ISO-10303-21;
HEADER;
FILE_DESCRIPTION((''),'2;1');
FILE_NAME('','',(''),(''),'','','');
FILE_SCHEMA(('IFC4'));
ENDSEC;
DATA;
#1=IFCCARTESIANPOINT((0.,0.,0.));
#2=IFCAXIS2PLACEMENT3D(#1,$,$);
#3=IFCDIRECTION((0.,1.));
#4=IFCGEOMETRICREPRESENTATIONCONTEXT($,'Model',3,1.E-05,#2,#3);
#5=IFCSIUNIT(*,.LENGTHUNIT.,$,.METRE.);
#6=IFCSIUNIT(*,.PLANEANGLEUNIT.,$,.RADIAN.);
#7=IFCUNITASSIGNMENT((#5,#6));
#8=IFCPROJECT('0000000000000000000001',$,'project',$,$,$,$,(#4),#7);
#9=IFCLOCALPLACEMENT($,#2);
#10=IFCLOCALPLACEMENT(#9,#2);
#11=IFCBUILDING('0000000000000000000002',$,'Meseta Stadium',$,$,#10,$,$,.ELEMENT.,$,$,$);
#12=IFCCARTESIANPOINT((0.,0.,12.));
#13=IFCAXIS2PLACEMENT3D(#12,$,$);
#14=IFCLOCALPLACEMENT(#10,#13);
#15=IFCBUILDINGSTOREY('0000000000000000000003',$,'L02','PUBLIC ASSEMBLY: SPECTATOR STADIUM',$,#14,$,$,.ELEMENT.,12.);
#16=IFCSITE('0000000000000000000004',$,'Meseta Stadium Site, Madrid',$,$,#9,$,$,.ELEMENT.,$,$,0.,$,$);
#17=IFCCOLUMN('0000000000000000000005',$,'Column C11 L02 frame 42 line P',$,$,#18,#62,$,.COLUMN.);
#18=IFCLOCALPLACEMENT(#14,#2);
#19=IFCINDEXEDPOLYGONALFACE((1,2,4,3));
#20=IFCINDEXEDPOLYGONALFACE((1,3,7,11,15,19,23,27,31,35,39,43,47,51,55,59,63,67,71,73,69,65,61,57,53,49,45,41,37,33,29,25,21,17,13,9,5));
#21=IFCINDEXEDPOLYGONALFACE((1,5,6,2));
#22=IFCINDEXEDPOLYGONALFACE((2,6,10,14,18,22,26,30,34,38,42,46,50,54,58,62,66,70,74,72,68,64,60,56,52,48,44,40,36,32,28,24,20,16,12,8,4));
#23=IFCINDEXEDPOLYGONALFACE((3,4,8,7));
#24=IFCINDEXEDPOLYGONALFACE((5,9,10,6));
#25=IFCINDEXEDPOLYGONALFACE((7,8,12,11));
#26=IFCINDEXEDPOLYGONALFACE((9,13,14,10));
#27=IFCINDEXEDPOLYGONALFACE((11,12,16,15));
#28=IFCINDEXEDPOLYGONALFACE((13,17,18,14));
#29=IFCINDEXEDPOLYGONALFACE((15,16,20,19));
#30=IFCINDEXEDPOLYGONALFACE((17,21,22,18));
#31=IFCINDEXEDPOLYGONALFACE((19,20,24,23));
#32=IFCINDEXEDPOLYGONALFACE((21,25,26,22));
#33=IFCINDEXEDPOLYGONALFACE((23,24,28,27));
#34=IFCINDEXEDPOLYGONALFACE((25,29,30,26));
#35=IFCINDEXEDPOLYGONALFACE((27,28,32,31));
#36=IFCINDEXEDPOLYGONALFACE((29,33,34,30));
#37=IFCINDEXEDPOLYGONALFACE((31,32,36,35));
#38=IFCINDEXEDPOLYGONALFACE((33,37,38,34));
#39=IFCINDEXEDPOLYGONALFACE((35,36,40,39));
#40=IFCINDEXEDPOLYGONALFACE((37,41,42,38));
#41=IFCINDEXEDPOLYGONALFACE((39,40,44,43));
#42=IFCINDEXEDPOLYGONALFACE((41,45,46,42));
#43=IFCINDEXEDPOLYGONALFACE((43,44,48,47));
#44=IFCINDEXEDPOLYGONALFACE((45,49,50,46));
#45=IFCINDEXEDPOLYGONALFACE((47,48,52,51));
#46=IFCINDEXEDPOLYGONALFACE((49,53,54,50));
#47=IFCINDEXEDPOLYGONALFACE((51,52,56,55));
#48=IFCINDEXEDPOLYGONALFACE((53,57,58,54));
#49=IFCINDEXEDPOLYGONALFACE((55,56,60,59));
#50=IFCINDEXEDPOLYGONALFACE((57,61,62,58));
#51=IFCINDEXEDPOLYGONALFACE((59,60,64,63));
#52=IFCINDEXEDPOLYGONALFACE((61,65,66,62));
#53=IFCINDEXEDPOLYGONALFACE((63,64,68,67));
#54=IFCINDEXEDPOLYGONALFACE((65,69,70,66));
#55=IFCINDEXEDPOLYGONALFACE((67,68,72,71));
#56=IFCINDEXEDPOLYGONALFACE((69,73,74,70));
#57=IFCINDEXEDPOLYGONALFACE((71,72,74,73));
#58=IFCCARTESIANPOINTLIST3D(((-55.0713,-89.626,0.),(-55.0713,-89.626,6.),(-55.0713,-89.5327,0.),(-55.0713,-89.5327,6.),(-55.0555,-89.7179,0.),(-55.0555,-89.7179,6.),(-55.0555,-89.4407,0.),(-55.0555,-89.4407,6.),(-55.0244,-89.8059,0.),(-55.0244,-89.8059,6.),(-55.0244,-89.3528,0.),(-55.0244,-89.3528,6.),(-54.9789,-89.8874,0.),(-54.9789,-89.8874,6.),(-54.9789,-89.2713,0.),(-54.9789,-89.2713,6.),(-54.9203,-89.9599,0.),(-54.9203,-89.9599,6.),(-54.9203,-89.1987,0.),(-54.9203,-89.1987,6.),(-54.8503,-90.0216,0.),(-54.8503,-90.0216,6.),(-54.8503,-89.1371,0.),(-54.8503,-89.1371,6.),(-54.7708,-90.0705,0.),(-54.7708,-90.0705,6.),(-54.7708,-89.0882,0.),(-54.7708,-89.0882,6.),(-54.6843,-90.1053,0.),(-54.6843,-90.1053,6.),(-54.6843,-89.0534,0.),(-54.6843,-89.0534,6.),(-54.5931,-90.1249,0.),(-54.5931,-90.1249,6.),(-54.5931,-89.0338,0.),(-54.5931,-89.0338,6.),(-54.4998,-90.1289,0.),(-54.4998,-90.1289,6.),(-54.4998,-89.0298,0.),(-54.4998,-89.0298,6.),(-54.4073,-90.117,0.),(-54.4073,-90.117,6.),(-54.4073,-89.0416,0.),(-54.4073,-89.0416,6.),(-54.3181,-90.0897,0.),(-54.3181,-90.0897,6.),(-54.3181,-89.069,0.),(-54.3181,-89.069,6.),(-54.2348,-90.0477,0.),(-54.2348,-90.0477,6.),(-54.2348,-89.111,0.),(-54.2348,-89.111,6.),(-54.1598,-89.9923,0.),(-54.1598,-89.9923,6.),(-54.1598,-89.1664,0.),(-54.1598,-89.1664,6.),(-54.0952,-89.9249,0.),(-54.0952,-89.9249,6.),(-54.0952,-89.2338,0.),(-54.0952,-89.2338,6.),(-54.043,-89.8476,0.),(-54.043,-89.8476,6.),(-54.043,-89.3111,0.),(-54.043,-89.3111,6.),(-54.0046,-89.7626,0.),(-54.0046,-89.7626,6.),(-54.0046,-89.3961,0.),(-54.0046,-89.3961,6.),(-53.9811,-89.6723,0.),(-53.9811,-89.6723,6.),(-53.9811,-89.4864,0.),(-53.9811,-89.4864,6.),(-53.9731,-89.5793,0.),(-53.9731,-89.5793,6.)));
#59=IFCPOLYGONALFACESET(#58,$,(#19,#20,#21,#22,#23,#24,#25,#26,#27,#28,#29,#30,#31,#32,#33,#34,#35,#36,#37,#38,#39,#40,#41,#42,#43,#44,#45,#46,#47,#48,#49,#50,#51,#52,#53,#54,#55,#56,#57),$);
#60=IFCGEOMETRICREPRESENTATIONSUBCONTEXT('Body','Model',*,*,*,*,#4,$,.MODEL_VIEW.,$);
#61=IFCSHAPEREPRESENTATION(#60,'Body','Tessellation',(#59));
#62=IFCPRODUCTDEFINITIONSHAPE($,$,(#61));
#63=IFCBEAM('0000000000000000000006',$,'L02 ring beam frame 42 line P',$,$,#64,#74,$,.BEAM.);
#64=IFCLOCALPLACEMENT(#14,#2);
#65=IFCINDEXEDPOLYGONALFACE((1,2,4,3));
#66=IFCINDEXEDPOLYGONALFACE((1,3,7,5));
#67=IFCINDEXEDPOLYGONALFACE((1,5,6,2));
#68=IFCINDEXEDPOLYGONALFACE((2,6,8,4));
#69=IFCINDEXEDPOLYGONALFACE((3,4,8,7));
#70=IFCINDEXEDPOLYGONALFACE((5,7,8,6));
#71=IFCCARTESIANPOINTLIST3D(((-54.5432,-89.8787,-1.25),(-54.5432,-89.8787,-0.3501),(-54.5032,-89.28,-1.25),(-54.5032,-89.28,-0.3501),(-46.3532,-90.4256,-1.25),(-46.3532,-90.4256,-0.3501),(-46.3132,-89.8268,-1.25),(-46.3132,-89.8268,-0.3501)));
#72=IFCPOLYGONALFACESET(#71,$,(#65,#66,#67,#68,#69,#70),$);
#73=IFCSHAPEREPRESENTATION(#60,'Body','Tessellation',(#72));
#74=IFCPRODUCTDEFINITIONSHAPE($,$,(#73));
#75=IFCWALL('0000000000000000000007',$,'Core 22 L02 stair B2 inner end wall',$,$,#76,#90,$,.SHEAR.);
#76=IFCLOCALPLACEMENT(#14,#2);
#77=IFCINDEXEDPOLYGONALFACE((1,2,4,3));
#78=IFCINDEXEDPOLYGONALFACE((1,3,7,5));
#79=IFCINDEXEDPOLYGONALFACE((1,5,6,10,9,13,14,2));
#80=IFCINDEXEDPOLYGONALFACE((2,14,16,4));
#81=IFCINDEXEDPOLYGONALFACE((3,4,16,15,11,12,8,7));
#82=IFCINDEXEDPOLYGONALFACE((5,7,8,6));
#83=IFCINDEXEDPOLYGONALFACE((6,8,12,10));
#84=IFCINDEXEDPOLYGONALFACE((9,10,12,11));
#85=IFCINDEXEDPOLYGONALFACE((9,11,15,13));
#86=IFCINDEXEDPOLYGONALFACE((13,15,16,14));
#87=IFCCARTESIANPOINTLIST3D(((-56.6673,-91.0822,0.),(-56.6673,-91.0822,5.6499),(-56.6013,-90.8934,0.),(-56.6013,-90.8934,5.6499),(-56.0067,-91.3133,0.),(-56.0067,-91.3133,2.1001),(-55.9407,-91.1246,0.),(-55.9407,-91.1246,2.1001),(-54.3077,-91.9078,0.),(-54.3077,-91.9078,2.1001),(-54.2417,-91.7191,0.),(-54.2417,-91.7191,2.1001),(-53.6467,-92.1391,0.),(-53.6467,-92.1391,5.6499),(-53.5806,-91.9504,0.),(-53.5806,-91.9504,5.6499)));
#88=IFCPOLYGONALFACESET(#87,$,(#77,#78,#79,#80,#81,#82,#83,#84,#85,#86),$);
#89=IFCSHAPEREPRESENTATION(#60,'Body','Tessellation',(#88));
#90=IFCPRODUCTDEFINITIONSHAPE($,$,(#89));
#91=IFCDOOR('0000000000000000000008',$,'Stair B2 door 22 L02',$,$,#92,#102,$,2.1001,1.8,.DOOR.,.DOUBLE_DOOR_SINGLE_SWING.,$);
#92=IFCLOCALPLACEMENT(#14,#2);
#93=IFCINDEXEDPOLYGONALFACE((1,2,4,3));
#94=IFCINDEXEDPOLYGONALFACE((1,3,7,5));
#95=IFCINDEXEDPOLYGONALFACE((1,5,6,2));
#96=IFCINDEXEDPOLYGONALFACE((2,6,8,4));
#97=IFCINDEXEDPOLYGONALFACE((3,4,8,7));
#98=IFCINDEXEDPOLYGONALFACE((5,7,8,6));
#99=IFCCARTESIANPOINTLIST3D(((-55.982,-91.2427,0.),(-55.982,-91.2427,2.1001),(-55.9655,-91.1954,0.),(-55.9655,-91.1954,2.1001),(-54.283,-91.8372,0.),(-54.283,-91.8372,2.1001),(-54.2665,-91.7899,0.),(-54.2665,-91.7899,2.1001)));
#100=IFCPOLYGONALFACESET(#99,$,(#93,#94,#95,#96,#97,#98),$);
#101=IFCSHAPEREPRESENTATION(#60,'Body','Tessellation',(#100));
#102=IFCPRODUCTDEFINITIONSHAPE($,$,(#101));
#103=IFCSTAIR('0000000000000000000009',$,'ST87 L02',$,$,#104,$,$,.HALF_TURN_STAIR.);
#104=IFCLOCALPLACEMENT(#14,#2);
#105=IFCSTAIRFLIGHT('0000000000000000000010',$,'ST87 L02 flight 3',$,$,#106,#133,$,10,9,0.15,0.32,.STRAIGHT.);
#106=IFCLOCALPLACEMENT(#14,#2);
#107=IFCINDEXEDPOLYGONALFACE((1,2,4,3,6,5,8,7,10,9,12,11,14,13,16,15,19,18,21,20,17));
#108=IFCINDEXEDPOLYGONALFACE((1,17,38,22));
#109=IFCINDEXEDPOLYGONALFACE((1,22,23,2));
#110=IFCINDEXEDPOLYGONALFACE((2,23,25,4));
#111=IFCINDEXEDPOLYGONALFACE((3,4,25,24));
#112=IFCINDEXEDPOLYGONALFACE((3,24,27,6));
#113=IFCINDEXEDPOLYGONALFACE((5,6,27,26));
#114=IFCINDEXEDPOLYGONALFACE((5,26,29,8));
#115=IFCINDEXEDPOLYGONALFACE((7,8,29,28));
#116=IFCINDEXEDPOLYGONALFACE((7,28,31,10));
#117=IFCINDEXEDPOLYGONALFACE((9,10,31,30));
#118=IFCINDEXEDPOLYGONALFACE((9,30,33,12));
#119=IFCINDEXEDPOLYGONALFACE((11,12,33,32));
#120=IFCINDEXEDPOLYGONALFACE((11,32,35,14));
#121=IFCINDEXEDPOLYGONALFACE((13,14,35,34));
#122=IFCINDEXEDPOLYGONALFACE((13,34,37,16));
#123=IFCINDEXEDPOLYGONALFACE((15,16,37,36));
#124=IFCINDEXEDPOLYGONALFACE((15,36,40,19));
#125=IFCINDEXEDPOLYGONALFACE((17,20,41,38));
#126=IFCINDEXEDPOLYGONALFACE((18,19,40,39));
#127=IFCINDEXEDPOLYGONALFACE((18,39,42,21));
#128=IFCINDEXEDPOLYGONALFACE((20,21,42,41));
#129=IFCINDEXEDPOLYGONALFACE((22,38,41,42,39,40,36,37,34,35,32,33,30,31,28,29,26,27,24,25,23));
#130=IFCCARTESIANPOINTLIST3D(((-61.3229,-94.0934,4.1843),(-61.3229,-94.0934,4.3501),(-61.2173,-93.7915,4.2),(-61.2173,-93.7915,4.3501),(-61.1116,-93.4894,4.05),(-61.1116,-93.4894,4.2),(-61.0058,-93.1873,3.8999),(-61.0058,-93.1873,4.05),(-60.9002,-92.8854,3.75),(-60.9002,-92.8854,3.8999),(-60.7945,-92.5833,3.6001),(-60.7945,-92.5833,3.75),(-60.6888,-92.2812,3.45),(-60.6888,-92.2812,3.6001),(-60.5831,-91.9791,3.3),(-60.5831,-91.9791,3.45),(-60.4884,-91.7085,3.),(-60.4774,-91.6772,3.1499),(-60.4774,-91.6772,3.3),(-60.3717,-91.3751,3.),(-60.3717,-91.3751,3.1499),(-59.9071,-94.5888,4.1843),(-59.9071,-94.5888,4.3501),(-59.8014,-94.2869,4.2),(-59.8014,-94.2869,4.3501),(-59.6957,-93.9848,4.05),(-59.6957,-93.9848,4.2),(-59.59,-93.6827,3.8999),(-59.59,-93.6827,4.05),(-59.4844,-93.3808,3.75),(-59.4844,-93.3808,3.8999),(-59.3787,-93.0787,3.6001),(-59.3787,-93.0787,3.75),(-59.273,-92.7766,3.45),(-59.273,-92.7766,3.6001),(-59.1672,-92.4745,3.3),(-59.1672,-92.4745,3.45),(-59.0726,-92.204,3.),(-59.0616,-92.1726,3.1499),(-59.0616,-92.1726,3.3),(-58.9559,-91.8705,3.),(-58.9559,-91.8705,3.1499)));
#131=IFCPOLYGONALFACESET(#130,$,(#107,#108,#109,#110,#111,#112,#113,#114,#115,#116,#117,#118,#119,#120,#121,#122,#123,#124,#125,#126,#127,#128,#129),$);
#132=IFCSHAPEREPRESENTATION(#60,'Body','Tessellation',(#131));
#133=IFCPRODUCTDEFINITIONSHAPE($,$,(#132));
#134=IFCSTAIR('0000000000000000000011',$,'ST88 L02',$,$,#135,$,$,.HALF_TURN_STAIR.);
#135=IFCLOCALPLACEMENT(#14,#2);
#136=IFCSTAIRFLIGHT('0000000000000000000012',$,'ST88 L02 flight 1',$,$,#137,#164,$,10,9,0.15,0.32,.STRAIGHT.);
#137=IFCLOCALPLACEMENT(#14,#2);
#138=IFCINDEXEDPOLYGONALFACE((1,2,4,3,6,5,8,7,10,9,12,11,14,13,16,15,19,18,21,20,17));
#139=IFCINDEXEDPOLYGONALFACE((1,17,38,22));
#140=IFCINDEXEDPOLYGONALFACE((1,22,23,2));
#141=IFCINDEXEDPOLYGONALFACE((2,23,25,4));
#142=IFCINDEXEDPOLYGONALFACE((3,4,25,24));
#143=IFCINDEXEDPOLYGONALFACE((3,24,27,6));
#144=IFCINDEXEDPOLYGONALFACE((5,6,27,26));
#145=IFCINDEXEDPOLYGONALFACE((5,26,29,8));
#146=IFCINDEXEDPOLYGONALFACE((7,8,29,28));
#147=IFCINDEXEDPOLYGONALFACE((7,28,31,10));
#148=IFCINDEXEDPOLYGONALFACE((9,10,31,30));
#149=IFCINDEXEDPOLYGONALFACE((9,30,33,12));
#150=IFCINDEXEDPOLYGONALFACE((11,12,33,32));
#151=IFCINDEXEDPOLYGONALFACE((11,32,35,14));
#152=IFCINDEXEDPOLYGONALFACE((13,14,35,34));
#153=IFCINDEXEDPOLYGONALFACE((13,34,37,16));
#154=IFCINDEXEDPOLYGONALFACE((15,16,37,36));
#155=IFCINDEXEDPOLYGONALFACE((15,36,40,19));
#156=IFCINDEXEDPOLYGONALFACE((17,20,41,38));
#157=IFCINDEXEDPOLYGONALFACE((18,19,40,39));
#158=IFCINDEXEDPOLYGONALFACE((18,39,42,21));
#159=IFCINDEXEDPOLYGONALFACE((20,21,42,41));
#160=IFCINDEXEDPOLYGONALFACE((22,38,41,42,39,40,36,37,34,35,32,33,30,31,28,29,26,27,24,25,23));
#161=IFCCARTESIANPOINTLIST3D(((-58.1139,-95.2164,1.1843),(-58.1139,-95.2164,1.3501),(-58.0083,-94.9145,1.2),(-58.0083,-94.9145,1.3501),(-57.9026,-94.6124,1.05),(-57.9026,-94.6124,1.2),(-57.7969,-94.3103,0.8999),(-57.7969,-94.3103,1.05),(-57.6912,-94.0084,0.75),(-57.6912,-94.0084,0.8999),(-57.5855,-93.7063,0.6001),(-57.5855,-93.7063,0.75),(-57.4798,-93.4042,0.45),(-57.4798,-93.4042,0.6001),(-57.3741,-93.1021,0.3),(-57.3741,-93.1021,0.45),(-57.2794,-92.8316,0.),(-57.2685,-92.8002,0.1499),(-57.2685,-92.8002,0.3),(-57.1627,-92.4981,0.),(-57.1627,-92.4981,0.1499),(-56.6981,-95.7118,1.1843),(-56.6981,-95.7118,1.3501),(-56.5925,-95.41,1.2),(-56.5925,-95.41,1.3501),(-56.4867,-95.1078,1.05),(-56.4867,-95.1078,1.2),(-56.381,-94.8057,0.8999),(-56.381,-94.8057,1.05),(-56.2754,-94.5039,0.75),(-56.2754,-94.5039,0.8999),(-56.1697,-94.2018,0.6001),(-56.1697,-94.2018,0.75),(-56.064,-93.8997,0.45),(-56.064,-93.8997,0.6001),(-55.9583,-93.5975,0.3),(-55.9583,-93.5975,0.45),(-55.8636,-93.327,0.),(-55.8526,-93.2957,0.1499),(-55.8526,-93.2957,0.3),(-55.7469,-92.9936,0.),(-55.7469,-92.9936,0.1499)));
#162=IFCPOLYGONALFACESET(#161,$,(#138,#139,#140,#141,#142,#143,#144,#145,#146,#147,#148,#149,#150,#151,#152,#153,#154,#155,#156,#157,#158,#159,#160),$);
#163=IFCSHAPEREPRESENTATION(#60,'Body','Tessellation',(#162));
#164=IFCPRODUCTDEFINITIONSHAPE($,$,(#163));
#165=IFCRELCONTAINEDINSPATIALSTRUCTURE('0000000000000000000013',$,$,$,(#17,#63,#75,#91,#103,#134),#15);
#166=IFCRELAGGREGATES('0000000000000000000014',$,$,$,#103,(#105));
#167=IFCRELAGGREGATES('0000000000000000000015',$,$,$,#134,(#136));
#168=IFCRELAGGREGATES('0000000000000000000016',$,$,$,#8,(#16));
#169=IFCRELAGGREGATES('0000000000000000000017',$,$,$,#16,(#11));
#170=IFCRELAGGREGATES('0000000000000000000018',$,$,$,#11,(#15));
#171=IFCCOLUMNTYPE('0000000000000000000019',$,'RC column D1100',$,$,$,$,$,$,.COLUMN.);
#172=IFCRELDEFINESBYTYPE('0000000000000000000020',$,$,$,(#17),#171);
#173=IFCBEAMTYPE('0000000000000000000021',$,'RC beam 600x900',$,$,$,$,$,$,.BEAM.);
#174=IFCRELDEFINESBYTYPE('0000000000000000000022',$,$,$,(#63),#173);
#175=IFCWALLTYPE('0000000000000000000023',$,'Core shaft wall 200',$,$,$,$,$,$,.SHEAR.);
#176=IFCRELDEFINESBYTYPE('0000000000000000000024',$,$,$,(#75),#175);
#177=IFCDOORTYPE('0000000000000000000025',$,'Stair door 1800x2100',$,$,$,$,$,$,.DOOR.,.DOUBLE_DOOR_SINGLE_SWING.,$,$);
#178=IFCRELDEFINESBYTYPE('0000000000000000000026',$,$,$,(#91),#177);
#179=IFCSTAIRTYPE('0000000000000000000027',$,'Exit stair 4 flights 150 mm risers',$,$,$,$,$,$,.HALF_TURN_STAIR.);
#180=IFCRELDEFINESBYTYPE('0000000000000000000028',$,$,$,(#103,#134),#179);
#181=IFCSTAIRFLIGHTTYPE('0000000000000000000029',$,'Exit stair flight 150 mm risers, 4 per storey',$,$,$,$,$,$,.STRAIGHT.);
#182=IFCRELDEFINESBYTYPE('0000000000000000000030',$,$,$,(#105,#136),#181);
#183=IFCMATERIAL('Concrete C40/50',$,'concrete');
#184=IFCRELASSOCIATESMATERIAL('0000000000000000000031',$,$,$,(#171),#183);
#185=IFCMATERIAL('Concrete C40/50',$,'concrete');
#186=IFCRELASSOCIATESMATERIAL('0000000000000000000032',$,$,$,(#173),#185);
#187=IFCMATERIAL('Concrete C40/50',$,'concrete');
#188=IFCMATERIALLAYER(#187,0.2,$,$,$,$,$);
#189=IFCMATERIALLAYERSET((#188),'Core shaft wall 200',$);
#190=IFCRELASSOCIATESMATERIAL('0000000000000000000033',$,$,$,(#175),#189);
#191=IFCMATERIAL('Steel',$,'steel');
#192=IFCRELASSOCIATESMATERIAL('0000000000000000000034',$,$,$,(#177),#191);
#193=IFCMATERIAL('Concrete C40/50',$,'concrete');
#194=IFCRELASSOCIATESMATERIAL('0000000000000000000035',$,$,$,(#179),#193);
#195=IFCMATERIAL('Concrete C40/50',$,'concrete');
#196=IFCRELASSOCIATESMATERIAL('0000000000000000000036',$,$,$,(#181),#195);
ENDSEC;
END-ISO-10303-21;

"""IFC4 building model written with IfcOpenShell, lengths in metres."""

from ifc_helpers import new_model, si_unit, direction, frame, frame_2d, origin, origin_2d, place, context, subcontext, project, spatial, polyline, rectangle, circle, outline, extrude, material, layer, layer_set, material_profile, profile_set, type_object, element, fill, aggregate, save


model = new_model("IFC4")

# Units and contexts
model_context = context("Model", 3, precision=1e-05, world=origin(), true_north=direction((0.0, 1.0)))
body_context = subcontext(model_context, "Body", "Model", "MODEL_VIEW")
ifc_project = project(units=[si_unit("LENGTHUNIT", "METRE"), si_unit("PLANEANGLEUNIT", "RADIAN")], contexts=[model_context])

# Site, building, storey
site_placement = place(None, origin())
site = spatial("IfcSite", under=ifc_project, at=site_placement, Name="Meseta Stadium Site, Madrid", CompositionType="ELEMENT", RefElevation=0.0)
building_placement = place(site_placement, origin())
building = spatial("IfcBuilding", under=site, at=building_placement, Name="Meseta Stadium", CompositionType="ELEMENT")
storey_placement = place(building_placement, frame((0.0, 0.0, 12.0)))
storey = spatial("IfcBuildingStorey", under=building, at=storey_placement, Name="L02", Description="PUBLIC ASSEMBLY: SPECTATOR STADIUM", CompositionType="ELEMENT", Elevation=12.0)

# Column
ifc_material_1 = material(Name="Concrete C40/50", Category="concrete")
ifc_material_profile_1 = material_profile(ifc_material_1, circle(Radius=0.55, at=origin_2d()), Name="RC D1100")
ifc_profile_set_1 = profile_set([ifc_material_profile_1], Name="Concrete C40/50")
column_type = type_object("IfcColumnType", Name="RC column D1100", PredefinedType="COLUMN", material=ifc_profile_set_1)
column_placement = place(storey_placement, frame((-54.5232, -89.5793, 0.0), z_axis=(0.0, 0.0, 1.0), x_axis=(1.0, 0.0, 0.0)))
element("IfcColumn", 1, at=column_placement, inside=storey, type_object=column_type, Name="Column C11 L02 frame 42 line P", PredefinedType="COLUMN", context=body_context, shape_type="SweptSolid", body=[
    extrude(circle(Radius=0.55, at=origin_2d()), origin(), (0.0, 0.0, 1.0), 6.0),
])

# Beam
ifc_material_2 = material(Name="Concrete C40/50", Category="concrete")
ifc_material_profile_2 = material_profile(ifc_material_2, rectangle(XDim=0.6001, YDim=0.8999, at=origin_2d()), Name="RC 600x900")
ifc_profile_set_2 = profile_set([ifc_material_profile_2], Name="Concrete C40/50")
beam_type = type_object("IfcBeamType", Name="RC beam 600x900", PredefinedType="BEAM", material=ifc_profile_set_2)
beam_placement = place(storey_placement, frame((-54.5232, -89.5793, -0.8), z_axis=(0.997778, -0.066626, 0.0), x_axis=(0.066626, 0.997778, 0.0)))
element("IfcBeam", 2, at=beam_placement, inside=storey, type_object=beam_type, Name="L02 ring beam frame 42 line P", PredefinedType="BEAM", context=body_context, shape_type="SweptSolid", body=[
    extrude(rectangle(XDim=0.6001, YDim=0.8999, at=origin_2d()), origin(), (0.0, 0.0, 1.0), 8.2083),
])

# Wall, opening, door
ifc_material_3 = material(Name="Concrete C40/50", Category="concrete")
ifc_layer = layer(ifc_material_3, 0.2)
ifc_layer_set = layer_set([ifc_layer], Name="Core shaft wall 200")
wall_type = type_object("IfcWallType", Name="Core shaft wall 200", PredefinedType="SHEAR", material=ifc_layer_set)
wall_placement = place(storey_placement, frame((-56.6343, -90.9878, 0.0), z_axis=(0.0, 0.0, 1.0), x_axis=(0.943887, -0.330269, 0.0)))
wall = element("IfcWall", 3, at=wall_placement, inside=storey, type_object=wall_type, Name="Core 22 L02 stair B2 inner end wall", PredefinedType="SHEAR", context=body_context, shape_type="SweptSolid", body=[
    extrude(rectangle(XDim=3.2002, YDim=0.2, at=frame_2d((1.6001, 0.0))), origin(), (0.0, 0.0, 1.0), 5.6499),
])
opening_placement = place(wall_placement, frame((0.7, 0.0, 0.0)))
opening = element("IfcOpeningElement", 4, at=opening_placement, cuts=wall, PredefinedType="OPENING", context=body_context, shape_type="SweptSolid", body=[
    extrude(rectangle(XDim=1.8, YDim=2.1001, at=frame_2d((0.8999, 1.05))), frame((0.0, 0.1099, 0.0), z_axis=(0.0, -1.0, 0.0), x_axis=(1.0, 0.0, 0.0)), (0.0, 0.0, 1.0), 0.22),
])
ifc_material_4 = material(Name="Steel", Category="steel")
door_type = type_object("IfcDoorType", Name="Stair door 1800x2100", OperationType="DOUBLE_DOOR_SINGLE_SWING", PredefinedType="DOOR", material=ifc_material_4)
door_placement = place(opening_placement, origin())
door = element("IfcDoor", 5, at=door_placement, inside=storey, type_object=door_type, Name="Stair B2 door 22 L02", OperationType="DOUBLE_DOOR_SINGLE_SWING", OverallHeight=2.1001, OverallWidth=1.8, PredefinedType="DOOR", context=body_context, shape_type="SweptSolid", body=[
    extrude(rectangle(XDim=1.8, YDim=2.1001, at=frame_2d((0.8999, 1.05))), frame((0.0, 0.0249, 0.0), z_axis=(0.0, -1.0, 0.0), x_axis=(1.0, 0.0, 0.0)), (0.0, 0.0, 1.0), 0.05),
])
fill(opening, door)

# Stair, stair flight
ifc_material_5 = material(Name="Concrete C40/50", Category="concrete")
stair_type = type_object("IfcStairType", Name="Exit stair 4 flights 150 mm risers", PredefinedType="HALF_TURN_STAIR", material=ifc_material_5)
stair_1_placement = place(storey_placement, origin())
stair_1 = element("IfcStair", 6, at=stair_1_placement, inside=storey, type_object=stair_type, Name="ST87 L02", PredefinedType="HALF_TURN_STAIR")
ifc_material_6 = material(Name="Concrete C40/50", Category="concrete")
stair_flight_type = type_object("IfcStairFlightType", Name="Exit stair flight 150 mm risers, 4 per storey", PredefinedType="STRAIGHT", material=ifc_material_6)
stair_flight_1_placement = place(storey_placement, frame((-59.6638, -91.6228, 3.0), z_axis=(0.0, 0.0, 1.0), x_axis=(-0.330279, -0.943883, 0.0)))
stair_flight_1 = element("IfcStairFlight", 7, at=stair_flight_1_placement, type_object=stair_flight_type, Name="ST87 L02 flight 3", NumberOfRisers=10, NumberOfTreads=9, PredefinedType="STRAIGHT", RiserHeight=0.15, TreadLength=0.32, context=body_context, shape_type="SweptSolid", body=[
    extrude(outline(polyline([(0.0, 0.0), (0.0, 0.1499), (0.3201, 0.1499), (0.3201, 0.3), (0.6399, 0.3), (0.6399, 0.45), (0.96, 0.45), (0.96, 0.6001), (1.28, 0.6001), (1.28, 0.75), (1.6001, 0.75), (1.6001, 0.8999), (1.9199, 0.8999), (1.9199, 1.05), (2.24, 1.05), (2.24, 1.2), (2.5601, 1.2), (2.5601, 1.3501), (2.8799, 1.3501), (2.8799, 1.1843), (0.3533, 0.0), (0.0, 0.0)])), frame((0.0, 0.75, 0.0), z_axis=(0.0, -1.0, 0.0), x_axis=(1.0, 0.0, 0.0)), (0.0, 0.0, 1.0), 1.5),
])
aggregate(stair_1, [stair_flight_1])

# Stair, stair flight
stair_2_placement = place(storey_placement, origin())
stair_2 = element("IfcStair", 8, at=stair_2_placement, inside=storey, type_object=stair_type, Name="ST88 L02", PredefinedType="HALF_TURN_STAIR")
stair_flight_2_placement = place(storey_placement, frame((-56.4548, -92.7458, 0.0), z_axis=(0.0, 0.0, 1.0), x_axis=(-0.330279, -0.943883, 0.0)))
stair_flight_2 = element("IfcStairFlight", 9, at=stair_flight_2_placement, type_object=stair_flight_type, Name="ST88 L02 flight 1", NumberOfRisers=10, NumberOfTreads=9, PredefinedType="STRAIGHT", RiserHeight=0.15, TreadLength=0.32, context=body_context, shape_type="SweptSolid", body=[
    extrude(outline(polyline([(0.0, 0.0), (0.0, 0.1499), (0.3201, 0.1499), (0.3201, 0.3), (0.6399, 0.3), (0.6399, 0.45), (0.96, 0.45), (0.96, 0.6001), (1.28, 0.6001), (1.28, 0.75), (1.6001, 0.75), (1.6001, 0.8999), (1.9199, 0.8999), (1.9199, 1.05), (2.24, 1.05), (2.24, 1.2), (2.5601, 1.2), (2.5601, 1.3501), (2.8799, 1.3501), (2.8799, 1.1843), (0.3533, 0.0), (0.0, 0.0)])), frame((0.0, 0.75, 0.0), z_axis=(0.0, -1.0, 0.0), x_axis=(1.0, 0.0, 0.0)), (0.0, 0.0, 1.0), 1.5),
])
aggregate(stair_2, [stair_flight_2])

save(model, "model.ifc")
